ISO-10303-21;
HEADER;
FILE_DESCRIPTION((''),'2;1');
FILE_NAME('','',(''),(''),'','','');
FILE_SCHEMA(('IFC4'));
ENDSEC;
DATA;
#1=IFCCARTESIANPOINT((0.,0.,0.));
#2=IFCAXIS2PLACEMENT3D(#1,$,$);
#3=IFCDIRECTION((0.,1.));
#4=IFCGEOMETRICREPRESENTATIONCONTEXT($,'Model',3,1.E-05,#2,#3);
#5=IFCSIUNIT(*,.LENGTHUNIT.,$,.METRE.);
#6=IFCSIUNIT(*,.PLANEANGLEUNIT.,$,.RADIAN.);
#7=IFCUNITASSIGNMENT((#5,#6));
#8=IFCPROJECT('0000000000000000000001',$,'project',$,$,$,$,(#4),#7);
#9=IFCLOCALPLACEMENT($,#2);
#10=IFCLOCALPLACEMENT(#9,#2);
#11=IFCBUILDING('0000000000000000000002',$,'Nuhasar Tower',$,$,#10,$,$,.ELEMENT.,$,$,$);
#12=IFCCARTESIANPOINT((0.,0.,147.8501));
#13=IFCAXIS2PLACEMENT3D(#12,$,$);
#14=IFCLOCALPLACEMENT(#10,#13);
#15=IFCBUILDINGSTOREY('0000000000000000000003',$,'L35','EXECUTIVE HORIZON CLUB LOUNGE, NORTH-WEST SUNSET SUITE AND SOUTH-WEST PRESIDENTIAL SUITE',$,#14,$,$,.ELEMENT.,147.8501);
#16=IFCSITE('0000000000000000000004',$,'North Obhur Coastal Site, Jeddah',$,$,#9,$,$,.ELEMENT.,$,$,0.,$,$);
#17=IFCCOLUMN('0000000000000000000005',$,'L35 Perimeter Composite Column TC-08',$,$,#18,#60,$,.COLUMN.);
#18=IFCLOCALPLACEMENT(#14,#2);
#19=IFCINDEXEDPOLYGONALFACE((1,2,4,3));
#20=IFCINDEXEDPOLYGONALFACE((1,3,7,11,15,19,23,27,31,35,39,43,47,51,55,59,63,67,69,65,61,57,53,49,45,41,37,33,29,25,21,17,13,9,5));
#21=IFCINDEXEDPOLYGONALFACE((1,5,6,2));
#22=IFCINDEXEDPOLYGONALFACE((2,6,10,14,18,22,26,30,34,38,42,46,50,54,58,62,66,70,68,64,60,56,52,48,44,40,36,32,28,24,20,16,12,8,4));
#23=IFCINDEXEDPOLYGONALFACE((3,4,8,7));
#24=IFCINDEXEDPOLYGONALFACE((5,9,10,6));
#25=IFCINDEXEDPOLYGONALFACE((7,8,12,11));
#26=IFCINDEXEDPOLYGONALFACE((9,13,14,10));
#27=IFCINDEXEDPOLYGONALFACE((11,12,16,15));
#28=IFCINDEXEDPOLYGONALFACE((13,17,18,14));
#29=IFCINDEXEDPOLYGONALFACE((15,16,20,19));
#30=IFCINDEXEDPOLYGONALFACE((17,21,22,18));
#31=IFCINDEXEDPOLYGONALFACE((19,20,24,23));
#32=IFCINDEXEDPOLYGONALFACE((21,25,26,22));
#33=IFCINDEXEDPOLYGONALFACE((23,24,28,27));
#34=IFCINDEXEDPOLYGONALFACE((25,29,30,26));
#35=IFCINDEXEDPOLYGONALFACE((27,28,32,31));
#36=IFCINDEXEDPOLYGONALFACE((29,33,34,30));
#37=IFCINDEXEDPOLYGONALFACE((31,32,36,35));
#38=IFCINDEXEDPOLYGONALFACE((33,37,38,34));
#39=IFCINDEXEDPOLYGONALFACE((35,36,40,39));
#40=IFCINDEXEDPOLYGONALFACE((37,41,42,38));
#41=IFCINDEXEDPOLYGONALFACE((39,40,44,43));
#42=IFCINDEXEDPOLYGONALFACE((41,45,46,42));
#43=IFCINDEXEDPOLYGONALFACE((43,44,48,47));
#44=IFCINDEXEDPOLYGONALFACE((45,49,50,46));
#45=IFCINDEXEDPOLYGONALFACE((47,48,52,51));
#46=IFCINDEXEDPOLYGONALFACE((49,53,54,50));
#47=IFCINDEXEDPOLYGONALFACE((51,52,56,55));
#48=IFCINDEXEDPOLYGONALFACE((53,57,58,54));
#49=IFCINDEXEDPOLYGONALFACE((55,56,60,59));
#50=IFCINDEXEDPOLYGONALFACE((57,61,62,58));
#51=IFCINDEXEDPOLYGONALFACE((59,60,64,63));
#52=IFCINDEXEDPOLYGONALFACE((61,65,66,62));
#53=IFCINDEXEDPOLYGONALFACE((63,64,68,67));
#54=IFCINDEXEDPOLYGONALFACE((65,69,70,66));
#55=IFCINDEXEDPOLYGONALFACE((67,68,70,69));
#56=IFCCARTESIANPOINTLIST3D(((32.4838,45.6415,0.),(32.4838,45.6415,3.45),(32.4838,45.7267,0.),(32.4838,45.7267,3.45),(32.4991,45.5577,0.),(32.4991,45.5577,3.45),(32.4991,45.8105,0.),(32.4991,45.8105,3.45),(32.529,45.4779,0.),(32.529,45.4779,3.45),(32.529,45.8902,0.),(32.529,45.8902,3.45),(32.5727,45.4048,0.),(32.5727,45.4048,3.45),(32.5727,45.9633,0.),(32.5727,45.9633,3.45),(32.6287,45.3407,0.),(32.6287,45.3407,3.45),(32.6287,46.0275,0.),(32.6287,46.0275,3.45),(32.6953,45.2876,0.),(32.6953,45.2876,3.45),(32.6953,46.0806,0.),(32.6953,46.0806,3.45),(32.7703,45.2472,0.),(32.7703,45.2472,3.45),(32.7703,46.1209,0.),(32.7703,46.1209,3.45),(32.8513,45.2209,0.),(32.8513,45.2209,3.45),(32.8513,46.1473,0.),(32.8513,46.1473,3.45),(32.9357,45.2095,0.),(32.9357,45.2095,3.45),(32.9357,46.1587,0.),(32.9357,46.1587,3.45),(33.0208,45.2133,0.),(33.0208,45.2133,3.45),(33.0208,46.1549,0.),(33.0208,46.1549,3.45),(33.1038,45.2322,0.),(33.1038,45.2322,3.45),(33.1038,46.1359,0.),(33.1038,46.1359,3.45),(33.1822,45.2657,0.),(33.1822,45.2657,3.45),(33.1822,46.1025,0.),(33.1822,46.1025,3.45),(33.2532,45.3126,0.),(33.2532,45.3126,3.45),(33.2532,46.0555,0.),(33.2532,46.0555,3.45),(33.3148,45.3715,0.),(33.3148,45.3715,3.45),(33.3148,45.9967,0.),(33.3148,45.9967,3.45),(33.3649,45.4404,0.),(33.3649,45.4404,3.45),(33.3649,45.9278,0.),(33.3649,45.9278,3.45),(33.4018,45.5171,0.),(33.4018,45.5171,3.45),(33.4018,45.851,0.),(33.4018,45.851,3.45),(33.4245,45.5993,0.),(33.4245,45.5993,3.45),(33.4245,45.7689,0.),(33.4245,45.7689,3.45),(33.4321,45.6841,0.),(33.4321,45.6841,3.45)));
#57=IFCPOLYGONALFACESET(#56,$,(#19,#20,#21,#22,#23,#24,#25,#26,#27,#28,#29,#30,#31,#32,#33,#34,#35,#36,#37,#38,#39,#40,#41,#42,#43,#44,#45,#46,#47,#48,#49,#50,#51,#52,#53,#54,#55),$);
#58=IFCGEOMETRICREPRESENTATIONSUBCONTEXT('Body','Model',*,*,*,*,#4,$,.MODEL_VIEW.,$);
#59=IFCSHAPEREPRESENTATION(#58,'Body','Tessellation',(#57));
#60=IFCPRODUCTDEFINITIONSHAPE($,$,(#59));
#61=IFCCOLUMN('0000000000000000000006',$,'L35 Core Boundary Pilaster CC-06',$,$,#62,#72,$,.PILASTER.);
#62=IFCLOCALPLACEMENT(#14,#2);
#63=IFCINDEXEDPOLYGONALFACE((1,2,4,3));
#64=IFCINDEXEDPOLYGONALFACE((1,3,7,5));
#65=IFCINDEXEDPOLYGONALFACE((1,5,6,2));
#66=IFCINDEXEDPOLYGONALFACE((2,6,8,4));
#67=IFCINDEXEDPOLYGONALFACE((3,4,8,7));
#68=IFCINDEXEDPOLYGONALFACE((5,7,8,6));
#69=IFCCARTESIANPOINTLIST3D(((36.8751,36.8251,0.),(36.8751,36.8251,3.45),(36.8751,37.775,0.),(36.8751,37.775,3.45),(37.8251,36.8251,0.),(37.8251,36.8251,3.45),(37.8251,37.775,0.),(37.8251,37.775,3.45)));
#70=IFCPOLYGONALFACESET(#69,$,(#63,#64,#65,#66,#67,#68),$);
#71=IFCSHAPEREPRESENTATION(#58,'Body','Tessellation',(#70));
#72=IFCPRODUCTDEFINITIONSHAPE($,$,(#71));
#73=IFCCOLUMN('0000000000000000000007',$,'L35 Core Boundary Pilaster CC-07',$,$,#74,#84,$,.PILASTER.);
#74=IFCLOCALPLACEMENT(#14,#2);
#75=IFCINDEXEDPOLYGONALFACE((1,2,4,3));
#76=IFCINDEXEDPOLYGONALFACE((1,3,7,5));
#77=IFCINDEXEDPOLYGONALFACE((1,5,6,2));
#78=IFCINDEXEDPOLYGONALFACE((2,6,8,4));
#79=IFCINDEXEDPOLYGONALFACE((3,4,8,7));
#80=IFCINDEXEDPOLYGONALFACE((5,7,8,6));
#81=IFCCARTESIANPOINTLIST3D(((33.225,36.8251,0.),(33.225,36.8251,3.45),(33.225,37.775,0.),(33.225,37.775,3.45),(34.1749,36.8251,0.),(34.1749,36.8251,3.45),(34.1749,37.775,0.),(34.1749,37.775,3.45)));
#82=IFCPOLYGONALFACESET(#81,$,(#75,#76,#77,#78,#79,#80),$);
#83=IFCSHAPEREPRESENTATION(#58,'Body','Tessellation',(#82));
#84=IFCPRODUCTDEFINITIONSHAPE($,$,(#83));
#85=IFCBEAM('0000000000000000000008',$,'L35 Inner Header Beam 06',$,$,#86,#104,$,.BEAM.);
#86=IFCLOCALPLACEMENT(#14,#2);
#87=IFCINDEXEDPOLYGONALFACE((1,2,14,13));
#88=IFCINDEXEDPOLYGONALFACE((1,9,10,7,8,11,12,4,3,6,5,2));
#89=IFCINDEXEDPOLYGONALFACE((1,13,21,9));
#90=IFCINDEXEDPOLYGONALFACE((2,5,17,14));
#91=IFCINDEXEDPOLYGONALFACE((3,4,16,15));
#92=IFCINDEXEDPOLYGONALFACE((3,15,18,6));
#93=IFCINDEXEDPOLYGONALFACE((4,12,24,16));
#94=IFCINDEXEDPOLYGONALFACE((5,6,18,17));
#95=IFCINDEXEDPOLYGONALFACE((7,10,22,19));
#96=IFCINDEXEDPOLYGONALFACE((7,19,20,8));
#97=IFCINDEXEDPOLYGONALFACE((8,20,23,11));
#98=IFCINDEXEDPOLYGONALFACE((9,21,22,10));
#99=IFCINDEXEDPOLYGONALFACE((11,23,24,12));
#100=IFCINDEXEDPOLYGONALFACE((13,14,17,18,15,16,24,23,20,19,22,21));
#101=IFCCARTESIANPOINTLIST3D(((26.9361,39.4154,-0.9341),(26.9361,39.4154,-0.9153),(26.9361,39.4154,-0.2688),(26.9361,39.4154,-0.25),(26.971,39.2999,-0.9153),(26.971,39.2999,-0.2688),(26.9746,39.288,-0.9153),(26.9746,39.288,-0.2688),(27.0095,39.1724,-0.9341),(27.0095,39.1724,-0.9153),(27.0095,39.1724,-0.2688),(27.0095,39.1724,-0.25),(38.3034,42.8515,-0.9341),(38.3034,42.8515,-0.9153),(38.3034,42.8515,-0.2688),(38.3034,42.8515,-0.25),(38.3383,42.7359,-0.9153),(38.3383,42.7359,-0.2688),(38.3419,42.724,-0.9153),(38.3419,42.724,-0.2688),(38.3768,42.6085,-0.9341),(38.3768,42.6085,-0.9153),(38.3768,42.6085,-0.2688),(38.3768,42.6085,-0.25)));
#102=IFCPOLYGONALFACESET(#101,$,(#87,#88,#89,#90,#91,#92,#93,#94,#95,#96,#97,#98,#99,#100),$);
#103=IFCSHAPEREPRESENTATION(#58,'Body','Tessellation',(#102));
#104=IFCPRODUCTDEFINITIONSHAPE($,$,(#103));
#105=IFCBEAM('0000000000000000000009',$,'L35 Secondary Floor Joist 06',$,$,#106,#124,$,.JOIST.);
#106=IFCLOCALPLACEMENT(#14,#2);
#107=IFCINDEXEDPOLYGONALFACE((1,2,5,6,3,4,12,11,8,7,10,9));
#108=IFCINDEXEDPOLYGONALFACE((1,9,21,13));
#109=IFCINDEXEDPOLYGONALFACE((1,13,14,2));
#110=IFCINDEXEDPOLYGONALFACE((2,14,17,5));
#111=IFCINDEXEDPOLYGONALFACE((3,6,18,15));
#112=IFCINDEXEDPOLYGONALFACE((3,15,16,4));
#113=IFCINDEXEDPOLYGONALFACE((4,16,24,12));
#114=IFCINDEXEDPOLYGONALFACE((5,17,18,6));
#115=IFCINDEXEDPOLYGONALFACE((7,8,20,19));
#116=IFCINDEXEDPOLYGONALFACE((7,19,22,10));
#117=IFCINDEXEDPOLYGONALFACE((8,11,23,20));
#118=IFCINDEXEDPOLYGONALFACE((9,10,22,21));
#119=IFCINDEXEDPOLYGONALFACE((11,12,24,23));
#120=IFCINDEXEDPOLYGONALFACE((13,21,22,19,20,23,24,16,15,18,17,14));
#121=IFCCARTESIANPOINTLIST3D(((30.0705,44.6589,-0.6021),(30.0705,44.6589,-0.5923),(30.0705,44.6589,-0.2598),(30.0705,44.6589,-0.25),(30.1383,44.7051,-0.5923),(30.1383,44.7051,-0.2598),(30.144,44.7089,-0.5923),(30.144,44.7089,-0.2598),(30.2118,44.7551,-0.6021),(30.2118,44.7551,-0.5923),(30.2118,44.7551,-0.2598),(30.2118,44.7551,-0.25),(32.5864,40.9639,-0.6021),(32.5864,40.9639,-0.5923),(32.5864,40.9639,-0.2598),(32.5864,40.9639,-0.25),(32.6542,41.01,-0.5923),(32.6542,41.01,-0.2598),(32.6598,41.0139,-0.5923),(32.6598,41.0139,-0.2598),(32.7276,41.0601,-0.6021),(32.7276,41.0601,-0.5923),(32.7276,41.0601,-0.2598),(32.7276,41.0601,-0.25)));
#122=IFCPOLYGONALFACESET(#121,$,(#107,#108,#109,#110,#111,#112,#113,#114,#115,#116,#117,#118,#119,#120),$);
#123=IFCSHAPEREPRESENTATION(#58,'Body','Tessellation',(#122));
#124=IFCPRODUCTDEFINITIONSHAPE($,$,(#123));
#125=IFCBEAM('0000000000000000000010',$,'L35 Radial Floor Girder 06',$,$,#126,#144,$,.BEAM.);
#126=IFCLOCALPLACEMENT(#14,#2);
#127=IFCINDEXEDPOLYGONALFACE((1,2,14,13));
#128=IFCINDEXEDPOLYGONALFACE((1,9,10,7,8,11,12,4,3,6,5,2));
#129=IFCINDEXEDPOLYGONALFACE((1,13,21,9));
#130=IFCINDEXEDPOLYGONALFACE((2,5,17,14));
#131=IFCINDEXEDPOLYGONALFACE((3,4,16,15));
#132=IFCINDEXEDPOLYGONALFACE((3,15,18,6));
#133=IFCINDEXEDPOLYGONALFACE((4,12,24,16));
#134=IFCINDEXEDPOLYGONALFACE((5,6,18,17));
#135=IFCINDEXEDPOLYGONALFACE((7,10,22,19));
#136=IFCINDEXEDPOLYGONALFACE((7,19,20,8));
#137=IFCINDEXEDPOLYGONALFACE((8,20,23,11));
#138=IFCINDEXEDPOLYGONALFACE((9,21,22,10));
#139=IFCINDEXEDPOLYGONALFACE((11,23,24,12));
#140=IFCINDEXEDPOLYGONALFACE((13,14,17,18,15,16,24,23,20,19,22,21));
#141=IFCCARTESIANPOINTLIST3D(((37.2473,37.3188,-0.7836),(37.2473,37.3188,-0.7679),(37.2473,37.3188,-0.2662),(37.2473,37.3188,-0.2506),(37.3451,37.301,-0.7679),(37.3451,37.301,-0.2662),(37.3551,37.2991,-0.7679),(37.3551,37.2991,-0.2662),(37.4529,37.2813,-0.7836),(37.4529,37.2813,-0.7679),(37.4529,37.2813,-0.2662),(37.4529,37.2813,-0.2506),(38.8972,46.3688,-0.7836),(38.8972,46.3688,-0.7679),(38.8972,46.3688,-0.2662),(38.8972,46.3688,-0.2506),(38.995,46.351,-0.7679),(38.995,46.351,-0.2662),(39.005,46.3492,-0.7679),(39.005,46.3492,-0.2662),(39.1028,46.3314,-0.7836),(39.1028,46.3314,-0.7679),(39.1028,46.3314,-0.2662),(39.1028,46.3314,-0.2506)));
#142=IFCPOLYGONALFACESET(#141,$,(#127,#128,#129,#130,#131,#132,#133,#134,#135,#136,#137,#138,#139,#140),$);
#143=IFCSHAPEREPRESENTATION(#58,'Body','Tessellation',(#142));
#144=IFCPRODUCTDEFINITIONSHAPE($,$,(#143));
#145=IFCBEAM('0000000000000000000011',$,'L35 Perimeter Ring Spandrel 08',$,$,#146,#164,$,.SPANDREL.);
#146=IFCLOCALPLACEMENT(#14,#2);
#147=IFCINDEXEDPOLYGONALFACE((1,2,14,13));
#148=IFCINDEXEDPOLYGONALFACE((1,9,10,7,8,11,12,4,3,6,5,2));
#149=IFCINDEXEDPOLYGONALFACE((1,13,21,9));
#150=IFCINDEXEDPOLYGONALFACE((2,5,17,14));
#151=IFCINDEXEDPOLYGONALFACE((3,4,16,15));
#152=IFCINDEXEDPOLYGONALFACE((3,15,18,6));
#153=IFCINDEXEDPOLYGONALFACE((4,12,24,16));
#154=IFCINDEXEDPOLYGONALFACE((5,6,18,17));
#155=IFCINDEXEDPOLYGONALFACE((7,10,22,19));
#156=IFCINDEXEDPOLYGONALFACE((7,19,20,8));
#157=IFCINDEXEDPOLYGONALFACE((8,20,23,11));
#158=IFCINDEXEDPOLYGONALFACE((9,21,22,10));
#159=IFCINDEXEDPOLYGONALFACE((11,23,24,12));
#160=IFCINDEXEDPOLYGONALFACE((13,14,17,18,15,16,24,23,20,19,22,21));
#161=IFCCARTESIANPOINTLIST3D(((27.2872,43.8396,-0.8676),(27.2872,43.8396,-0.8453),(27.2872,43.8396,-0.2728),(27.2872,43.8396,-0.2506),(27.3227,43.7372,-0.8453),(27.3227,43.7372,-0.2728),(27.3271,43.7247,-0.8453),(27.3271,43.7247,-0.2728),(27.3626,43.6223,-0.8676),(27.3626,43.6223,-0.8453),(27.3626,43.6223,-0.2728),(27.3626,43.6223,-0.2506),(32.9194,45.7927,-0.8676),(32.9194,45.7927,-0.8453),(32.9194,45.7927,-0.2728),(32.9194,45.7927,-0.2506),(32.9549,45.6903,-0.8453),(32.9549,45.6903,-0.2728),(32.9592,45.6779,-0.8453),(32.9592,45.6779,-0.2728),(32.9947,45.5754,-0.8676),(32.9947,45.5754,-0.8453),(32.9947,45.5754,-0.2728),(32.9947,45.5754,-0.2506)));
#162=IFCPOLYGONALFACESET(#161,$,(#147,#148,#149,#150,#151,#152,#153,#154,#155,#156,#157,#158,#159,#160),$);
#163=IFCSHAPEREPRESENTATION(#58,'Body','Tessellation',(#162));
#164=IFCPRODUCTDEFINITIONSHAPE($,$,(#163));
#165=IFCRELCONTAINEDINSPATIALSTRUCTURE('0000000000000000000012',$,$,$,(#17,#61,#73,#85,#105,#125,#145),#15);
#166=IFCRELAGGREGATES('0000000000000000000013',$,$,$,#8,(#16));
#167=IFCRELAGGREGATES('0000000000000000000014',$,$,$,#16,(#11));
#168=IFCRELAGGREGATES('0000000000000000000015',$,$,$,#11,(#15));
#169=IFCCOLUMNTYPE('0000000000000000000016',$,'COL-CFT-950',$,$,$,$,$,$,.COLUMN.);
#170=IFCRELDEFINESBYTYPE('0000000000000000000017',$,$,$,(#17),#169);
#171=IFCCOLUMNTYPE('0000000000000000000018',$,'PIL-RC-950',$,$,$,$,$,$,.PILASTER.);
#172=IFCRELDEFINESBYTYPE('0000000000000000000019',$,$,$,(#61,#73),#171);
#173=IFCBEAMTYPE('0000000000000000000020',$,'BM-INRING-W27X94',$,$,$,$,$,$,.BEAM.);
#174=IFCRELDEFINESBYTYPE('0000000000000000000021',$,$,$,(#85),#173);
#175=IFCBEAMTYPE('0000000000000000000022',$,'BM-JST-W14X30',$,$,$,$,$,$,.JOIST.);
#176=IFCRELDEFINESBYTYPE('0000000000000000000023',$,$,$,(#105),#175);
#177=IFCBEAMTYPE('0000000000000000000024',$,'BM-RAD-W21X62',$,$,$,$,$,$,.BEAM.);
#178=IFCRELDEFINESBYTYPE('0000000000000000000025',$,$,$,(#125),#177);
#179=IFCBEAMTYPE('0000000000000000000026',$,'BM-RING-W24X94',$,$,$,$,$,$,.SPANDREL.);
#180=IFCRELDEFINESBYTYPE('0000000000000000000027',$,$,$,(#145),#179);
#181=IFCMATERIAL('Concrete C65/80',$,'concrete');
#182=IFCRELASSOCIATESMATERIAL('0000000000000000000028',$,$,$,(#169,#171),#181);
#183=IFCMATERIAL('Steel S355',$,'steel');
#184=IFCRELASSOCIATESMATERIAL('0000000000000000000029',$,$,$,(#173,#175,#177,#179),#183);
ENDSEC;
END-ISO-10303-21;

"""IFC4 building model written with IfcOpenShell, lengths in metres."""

from ifc_helpers import new_model, si_unit, direction, frame, origin, origin_2d, place, context, subcontext, project, spatial, rectangle, circle, i_section, extrude, material, material_profile, profile_set, type_object, element, save


model = new_model("IFC4")

# Units and contexts
model_context = context("Model", 3, precision=1e-05, world=origin(), true_north=direction((0.0, 1.0)))
body_context = subcontext(model_context, "Body", "Model", "MODEL_VIEW")
ifc_project = project(units=[si_unit("LENGTHUNIT", "METRE"), si_unit("PLANEANGLEUNIT", "RADIAN")], contexts=[model_context])

# Site, building, storey
site_placement = place(None, origin())
site = spatial("IfcSite", under=ifc_project, at=site_placement, Name="North Obhur Coastal Site, Jeddah", CompositionType="ELEMENT", RefElevation=0.0)
building_placement = place(site_placement, origin())
building = spatial("IfcBuilding", under=site, at=building_placement, Name="Nuhasar Tower", CompositionType="ELEMENT")
storey_placement = place(building_placement, frame((0.0, 0.0, 147.8501)))
storey = spatial("IfcBuildingStorey", under=building, at=storey_placement, Name="L35", Description="EXECUTIVE HORIZON CLUB LOUNGE, NORTH-WEST SUNSET SUITE AND SOUTH-WEST PRESIDENTIAL SUITE", CompositionType="ELEMENT", Elevation=147.8501)

# Columns
ifc_material_1 = material(Name="Concrete C65/80", Category="concrete")
ifc_material_profile_1 = material_profile(ifc_material_1, circle(Radius=0.4751, at=origin_2d()), Name="CFT950")
ifc_profile_set_1 = profile_set([ifc_material_profile_1], Name="Concrete C65/80")
column_type_1 = type_object("IfcColumnType", Name="COL-CFT-950", PredefinedType="COLUMN", material=ifc_profile_set_1)
column_placement = place(storey_placement, frame((32.957, 45.6841, 0.0), z_axis=(0.0, 0.0, 1.0), x_axis=(1.0, 0.0, 0.0)))
element("IfcColumn", 1, at=column_placement, inside=storey, type_object=column_type_1, Name="L35 Perimeter Composite Column TC-08", PredefinedType="COLUMN", context=body_context, shape_type="SweptSolid", body=[
    extrude(circle(Radius=0.4751, at=origin_2d()), origin(), (0.0, 0.0, 1.0), 3.45),
])
ifc_material_profile_2 = material_profile(ifc_material_1, rectangle(XDim=0.95, YDim=0.95, at=origin_2d()), Name="RC950X950")
ifc_profile_set_2 = profile_set([ifc_material_profile_2], Name="Concrete C65/80")
column_type_2 = type_object("IfcColumnType", Name="PIL-RC-950", PredefinedType="PILASTER", material=ifc_profile_set_2)
for number, where, z_axis, x_axis, name in (
    (2, (37.3501, 37.3, 0.0), (0.0, 0.0, 1.0), (1.0, 0.0, 0.0), "L35 Core Boundary Pilaster CC-06"),
    (3, (33.7, 37.3, 0.0), (0.0, 0.0, 1.0), (1.0, 0.0, 0.0), "L35 Core Boundary Pilaster CC-07"),
):
    element("IfcColumn", number, at=place(storey_placement, frame(where, z_axis=z_axis, x_axis=x_axis)), inside=storey, type_object=column_type_2, Name=name, PredefinedType="PILASTER", context=body_context, shape_type="SweptSolid", body=[
        extrude(rectangle(XDim=0.95, YDim=0.95, at=origin_2d()), origin(), (0.0, 0.0, 1.0), 3.45),
    ])

# Beams
ifc_material_2 = material(Name="Steel S355", Category="steel")
ifc_material_profile_3 = material_profile(ifc_material_2, i_section(OverallWidth=0.2539, OverallDepth=0.6841, WebThickness=0.0125, FlangeThickness=0.0188, at=origin_2d()), Name="W27X94")
ifc_profile_set_3 = profile_set([ifc_material_profile_3], Name="Steel S355")
beam_type_1 = type_object("IfcBeamType", Name="BM-INRING-W27X94", PredefinedType="BEAM", material=ifc_profile_set_3)
beam_1_placement = place(storey_placement, frame((38.3401, 42.73, -0.592), z_axis=(-0.957224, -0.289347, 0.0), x_axis=(0.289347, -0.957224, 0.0)))
element("IfcBeam", 4, at=beam_1_placement, inside=storey, type_object=beam_type_1, Name="L35 Inner Header Beam 06", PredefinedType="BEAM", context=body_context, shape_type="SweptSolid", body=[
    extrude(i_section(OverallWidth=0.2539, OverallDepth=0.6841, WebThickness=0.0125, FlangeThickness=0.0188, at=origin_2d()), origin(), (0.0, 0.0, 1.0), 11.8752),
])
ifc_material_profile_4 = material_profile(ifc_material_2, i_section(OverallWidth=0.1709, OverallDepth=0.3521, WebThickness=0.0068, FlangeThickness=0.0098, at=origin_2d()), Name="W14X30")
ifc_profile_set_4 = profile_set([ifc_material_profile_4], Name="Steel S355")
beam_type_2 = type_object("IfcBeamType", Name="BM-JST-W14X30", PredefinedType="JOIST", material=ifc_profile_set_4)
beam_2_placement = place(storey_placement, frame((32.657, 41.012, -0.426), z_axis=(-0.562803, 0.826591, 0.0), x_axis=(-0.826591, -0.562803, 0.0)))
element("IfcBeam", 5, at=beam_2_placement, inside=storey, type_object=beam_type_2, Name="L35 Secondary Floor Joist 06", PredefinedType="JOIST", context=body_context, shape_type="SweptSolid", body=[
    extrude(i_section(OverallWidth=0.1709, OverallDepth=0.3521, WebThickness=0.0068, FlangeThickness=0.0098, at=origin_2d()), origin(), (0.0, 0.0, 1.0), 4.4702),
])
ifc_material_profile_5 = material_profile(ifc_material_2, i_section(OverallWidth=0.209, OverallDepth=0.533, WebThickness=0.0103, FlangeThickness=0.0156, at=origin_2d()), Name="W21X62")
ifc_profile_set_5 = profile_set([ifc_material_profile_5], Name="Steel S355")
beam_type_3 = type_object("IfcBeamType", Name="BM-RAD-W21X62", PredefinedType="BEAM", material=ifc_profile_set_5)
beam_3_placement = place(storey_placement, frame((37.3501, 37.3, -0.5171), z_axis=(0.179353, 0.983785, 0.0), x_axis=(-0.983785, 0.179353, 0.0)))
element("IfcBeam", 6, at=beam_3_placement, inside=storey, type_object=beam_type_3, Name="L35 Radial Floor Girder 06", PredefinedType="BEAM", context=body_context, shape_type="SweptSolid", body=[
    extrude(i_section(OverallWidth=0.209, OverallDepth=0.533, WebThickness=0.0103, FlangeThickness=0.0156, at=origin_2d()), origin(), (0.0, 0.0, 1.0), 9.1992),
])
ifc_material_profile_6 = material_profile(ifc_material_2, i_section(OverallWidth=0.23, OverallDepth=0.6169, WebThickness=0.0132, FlangeThickness=0.0222, at=origin_2d()), Name="W24X94")
ifc_profile_set_6 = profile_set([ifc_material_profile_6], Name="Steel S355")
beam_type_4 = type_object("IfcBeamType", Name="BM-RING-W24X94", PredefinedType="SPANDREL", material=ifc_profile_set_6)
beam_4_placement = place(storey_placement, frame((32.957, 45.6841, -0.5591), z_axis=(-0.944801, -0.327644, 0.0), x_axis=(0.327644, -0.944801, 0.0)))
element("IfcBeam", 7, at=beam_4_placement, inside=storey, type_object=beam_type_4, Name="L35 Perimeter Ring Spandrel 08", PredefinedType="SPANDREL", context=body_context, shape_type="SweptSolid", body=[
    extrude(i_section(OverallWidth=0.23, OverallDepth=0.6169, WebThickness=0.0132, FlangeThickness=0.0222, at=origin_2d()), origin(), (0.0, 0.0, 1.0), 5.9612),
])

save(model, "model.ifc")
